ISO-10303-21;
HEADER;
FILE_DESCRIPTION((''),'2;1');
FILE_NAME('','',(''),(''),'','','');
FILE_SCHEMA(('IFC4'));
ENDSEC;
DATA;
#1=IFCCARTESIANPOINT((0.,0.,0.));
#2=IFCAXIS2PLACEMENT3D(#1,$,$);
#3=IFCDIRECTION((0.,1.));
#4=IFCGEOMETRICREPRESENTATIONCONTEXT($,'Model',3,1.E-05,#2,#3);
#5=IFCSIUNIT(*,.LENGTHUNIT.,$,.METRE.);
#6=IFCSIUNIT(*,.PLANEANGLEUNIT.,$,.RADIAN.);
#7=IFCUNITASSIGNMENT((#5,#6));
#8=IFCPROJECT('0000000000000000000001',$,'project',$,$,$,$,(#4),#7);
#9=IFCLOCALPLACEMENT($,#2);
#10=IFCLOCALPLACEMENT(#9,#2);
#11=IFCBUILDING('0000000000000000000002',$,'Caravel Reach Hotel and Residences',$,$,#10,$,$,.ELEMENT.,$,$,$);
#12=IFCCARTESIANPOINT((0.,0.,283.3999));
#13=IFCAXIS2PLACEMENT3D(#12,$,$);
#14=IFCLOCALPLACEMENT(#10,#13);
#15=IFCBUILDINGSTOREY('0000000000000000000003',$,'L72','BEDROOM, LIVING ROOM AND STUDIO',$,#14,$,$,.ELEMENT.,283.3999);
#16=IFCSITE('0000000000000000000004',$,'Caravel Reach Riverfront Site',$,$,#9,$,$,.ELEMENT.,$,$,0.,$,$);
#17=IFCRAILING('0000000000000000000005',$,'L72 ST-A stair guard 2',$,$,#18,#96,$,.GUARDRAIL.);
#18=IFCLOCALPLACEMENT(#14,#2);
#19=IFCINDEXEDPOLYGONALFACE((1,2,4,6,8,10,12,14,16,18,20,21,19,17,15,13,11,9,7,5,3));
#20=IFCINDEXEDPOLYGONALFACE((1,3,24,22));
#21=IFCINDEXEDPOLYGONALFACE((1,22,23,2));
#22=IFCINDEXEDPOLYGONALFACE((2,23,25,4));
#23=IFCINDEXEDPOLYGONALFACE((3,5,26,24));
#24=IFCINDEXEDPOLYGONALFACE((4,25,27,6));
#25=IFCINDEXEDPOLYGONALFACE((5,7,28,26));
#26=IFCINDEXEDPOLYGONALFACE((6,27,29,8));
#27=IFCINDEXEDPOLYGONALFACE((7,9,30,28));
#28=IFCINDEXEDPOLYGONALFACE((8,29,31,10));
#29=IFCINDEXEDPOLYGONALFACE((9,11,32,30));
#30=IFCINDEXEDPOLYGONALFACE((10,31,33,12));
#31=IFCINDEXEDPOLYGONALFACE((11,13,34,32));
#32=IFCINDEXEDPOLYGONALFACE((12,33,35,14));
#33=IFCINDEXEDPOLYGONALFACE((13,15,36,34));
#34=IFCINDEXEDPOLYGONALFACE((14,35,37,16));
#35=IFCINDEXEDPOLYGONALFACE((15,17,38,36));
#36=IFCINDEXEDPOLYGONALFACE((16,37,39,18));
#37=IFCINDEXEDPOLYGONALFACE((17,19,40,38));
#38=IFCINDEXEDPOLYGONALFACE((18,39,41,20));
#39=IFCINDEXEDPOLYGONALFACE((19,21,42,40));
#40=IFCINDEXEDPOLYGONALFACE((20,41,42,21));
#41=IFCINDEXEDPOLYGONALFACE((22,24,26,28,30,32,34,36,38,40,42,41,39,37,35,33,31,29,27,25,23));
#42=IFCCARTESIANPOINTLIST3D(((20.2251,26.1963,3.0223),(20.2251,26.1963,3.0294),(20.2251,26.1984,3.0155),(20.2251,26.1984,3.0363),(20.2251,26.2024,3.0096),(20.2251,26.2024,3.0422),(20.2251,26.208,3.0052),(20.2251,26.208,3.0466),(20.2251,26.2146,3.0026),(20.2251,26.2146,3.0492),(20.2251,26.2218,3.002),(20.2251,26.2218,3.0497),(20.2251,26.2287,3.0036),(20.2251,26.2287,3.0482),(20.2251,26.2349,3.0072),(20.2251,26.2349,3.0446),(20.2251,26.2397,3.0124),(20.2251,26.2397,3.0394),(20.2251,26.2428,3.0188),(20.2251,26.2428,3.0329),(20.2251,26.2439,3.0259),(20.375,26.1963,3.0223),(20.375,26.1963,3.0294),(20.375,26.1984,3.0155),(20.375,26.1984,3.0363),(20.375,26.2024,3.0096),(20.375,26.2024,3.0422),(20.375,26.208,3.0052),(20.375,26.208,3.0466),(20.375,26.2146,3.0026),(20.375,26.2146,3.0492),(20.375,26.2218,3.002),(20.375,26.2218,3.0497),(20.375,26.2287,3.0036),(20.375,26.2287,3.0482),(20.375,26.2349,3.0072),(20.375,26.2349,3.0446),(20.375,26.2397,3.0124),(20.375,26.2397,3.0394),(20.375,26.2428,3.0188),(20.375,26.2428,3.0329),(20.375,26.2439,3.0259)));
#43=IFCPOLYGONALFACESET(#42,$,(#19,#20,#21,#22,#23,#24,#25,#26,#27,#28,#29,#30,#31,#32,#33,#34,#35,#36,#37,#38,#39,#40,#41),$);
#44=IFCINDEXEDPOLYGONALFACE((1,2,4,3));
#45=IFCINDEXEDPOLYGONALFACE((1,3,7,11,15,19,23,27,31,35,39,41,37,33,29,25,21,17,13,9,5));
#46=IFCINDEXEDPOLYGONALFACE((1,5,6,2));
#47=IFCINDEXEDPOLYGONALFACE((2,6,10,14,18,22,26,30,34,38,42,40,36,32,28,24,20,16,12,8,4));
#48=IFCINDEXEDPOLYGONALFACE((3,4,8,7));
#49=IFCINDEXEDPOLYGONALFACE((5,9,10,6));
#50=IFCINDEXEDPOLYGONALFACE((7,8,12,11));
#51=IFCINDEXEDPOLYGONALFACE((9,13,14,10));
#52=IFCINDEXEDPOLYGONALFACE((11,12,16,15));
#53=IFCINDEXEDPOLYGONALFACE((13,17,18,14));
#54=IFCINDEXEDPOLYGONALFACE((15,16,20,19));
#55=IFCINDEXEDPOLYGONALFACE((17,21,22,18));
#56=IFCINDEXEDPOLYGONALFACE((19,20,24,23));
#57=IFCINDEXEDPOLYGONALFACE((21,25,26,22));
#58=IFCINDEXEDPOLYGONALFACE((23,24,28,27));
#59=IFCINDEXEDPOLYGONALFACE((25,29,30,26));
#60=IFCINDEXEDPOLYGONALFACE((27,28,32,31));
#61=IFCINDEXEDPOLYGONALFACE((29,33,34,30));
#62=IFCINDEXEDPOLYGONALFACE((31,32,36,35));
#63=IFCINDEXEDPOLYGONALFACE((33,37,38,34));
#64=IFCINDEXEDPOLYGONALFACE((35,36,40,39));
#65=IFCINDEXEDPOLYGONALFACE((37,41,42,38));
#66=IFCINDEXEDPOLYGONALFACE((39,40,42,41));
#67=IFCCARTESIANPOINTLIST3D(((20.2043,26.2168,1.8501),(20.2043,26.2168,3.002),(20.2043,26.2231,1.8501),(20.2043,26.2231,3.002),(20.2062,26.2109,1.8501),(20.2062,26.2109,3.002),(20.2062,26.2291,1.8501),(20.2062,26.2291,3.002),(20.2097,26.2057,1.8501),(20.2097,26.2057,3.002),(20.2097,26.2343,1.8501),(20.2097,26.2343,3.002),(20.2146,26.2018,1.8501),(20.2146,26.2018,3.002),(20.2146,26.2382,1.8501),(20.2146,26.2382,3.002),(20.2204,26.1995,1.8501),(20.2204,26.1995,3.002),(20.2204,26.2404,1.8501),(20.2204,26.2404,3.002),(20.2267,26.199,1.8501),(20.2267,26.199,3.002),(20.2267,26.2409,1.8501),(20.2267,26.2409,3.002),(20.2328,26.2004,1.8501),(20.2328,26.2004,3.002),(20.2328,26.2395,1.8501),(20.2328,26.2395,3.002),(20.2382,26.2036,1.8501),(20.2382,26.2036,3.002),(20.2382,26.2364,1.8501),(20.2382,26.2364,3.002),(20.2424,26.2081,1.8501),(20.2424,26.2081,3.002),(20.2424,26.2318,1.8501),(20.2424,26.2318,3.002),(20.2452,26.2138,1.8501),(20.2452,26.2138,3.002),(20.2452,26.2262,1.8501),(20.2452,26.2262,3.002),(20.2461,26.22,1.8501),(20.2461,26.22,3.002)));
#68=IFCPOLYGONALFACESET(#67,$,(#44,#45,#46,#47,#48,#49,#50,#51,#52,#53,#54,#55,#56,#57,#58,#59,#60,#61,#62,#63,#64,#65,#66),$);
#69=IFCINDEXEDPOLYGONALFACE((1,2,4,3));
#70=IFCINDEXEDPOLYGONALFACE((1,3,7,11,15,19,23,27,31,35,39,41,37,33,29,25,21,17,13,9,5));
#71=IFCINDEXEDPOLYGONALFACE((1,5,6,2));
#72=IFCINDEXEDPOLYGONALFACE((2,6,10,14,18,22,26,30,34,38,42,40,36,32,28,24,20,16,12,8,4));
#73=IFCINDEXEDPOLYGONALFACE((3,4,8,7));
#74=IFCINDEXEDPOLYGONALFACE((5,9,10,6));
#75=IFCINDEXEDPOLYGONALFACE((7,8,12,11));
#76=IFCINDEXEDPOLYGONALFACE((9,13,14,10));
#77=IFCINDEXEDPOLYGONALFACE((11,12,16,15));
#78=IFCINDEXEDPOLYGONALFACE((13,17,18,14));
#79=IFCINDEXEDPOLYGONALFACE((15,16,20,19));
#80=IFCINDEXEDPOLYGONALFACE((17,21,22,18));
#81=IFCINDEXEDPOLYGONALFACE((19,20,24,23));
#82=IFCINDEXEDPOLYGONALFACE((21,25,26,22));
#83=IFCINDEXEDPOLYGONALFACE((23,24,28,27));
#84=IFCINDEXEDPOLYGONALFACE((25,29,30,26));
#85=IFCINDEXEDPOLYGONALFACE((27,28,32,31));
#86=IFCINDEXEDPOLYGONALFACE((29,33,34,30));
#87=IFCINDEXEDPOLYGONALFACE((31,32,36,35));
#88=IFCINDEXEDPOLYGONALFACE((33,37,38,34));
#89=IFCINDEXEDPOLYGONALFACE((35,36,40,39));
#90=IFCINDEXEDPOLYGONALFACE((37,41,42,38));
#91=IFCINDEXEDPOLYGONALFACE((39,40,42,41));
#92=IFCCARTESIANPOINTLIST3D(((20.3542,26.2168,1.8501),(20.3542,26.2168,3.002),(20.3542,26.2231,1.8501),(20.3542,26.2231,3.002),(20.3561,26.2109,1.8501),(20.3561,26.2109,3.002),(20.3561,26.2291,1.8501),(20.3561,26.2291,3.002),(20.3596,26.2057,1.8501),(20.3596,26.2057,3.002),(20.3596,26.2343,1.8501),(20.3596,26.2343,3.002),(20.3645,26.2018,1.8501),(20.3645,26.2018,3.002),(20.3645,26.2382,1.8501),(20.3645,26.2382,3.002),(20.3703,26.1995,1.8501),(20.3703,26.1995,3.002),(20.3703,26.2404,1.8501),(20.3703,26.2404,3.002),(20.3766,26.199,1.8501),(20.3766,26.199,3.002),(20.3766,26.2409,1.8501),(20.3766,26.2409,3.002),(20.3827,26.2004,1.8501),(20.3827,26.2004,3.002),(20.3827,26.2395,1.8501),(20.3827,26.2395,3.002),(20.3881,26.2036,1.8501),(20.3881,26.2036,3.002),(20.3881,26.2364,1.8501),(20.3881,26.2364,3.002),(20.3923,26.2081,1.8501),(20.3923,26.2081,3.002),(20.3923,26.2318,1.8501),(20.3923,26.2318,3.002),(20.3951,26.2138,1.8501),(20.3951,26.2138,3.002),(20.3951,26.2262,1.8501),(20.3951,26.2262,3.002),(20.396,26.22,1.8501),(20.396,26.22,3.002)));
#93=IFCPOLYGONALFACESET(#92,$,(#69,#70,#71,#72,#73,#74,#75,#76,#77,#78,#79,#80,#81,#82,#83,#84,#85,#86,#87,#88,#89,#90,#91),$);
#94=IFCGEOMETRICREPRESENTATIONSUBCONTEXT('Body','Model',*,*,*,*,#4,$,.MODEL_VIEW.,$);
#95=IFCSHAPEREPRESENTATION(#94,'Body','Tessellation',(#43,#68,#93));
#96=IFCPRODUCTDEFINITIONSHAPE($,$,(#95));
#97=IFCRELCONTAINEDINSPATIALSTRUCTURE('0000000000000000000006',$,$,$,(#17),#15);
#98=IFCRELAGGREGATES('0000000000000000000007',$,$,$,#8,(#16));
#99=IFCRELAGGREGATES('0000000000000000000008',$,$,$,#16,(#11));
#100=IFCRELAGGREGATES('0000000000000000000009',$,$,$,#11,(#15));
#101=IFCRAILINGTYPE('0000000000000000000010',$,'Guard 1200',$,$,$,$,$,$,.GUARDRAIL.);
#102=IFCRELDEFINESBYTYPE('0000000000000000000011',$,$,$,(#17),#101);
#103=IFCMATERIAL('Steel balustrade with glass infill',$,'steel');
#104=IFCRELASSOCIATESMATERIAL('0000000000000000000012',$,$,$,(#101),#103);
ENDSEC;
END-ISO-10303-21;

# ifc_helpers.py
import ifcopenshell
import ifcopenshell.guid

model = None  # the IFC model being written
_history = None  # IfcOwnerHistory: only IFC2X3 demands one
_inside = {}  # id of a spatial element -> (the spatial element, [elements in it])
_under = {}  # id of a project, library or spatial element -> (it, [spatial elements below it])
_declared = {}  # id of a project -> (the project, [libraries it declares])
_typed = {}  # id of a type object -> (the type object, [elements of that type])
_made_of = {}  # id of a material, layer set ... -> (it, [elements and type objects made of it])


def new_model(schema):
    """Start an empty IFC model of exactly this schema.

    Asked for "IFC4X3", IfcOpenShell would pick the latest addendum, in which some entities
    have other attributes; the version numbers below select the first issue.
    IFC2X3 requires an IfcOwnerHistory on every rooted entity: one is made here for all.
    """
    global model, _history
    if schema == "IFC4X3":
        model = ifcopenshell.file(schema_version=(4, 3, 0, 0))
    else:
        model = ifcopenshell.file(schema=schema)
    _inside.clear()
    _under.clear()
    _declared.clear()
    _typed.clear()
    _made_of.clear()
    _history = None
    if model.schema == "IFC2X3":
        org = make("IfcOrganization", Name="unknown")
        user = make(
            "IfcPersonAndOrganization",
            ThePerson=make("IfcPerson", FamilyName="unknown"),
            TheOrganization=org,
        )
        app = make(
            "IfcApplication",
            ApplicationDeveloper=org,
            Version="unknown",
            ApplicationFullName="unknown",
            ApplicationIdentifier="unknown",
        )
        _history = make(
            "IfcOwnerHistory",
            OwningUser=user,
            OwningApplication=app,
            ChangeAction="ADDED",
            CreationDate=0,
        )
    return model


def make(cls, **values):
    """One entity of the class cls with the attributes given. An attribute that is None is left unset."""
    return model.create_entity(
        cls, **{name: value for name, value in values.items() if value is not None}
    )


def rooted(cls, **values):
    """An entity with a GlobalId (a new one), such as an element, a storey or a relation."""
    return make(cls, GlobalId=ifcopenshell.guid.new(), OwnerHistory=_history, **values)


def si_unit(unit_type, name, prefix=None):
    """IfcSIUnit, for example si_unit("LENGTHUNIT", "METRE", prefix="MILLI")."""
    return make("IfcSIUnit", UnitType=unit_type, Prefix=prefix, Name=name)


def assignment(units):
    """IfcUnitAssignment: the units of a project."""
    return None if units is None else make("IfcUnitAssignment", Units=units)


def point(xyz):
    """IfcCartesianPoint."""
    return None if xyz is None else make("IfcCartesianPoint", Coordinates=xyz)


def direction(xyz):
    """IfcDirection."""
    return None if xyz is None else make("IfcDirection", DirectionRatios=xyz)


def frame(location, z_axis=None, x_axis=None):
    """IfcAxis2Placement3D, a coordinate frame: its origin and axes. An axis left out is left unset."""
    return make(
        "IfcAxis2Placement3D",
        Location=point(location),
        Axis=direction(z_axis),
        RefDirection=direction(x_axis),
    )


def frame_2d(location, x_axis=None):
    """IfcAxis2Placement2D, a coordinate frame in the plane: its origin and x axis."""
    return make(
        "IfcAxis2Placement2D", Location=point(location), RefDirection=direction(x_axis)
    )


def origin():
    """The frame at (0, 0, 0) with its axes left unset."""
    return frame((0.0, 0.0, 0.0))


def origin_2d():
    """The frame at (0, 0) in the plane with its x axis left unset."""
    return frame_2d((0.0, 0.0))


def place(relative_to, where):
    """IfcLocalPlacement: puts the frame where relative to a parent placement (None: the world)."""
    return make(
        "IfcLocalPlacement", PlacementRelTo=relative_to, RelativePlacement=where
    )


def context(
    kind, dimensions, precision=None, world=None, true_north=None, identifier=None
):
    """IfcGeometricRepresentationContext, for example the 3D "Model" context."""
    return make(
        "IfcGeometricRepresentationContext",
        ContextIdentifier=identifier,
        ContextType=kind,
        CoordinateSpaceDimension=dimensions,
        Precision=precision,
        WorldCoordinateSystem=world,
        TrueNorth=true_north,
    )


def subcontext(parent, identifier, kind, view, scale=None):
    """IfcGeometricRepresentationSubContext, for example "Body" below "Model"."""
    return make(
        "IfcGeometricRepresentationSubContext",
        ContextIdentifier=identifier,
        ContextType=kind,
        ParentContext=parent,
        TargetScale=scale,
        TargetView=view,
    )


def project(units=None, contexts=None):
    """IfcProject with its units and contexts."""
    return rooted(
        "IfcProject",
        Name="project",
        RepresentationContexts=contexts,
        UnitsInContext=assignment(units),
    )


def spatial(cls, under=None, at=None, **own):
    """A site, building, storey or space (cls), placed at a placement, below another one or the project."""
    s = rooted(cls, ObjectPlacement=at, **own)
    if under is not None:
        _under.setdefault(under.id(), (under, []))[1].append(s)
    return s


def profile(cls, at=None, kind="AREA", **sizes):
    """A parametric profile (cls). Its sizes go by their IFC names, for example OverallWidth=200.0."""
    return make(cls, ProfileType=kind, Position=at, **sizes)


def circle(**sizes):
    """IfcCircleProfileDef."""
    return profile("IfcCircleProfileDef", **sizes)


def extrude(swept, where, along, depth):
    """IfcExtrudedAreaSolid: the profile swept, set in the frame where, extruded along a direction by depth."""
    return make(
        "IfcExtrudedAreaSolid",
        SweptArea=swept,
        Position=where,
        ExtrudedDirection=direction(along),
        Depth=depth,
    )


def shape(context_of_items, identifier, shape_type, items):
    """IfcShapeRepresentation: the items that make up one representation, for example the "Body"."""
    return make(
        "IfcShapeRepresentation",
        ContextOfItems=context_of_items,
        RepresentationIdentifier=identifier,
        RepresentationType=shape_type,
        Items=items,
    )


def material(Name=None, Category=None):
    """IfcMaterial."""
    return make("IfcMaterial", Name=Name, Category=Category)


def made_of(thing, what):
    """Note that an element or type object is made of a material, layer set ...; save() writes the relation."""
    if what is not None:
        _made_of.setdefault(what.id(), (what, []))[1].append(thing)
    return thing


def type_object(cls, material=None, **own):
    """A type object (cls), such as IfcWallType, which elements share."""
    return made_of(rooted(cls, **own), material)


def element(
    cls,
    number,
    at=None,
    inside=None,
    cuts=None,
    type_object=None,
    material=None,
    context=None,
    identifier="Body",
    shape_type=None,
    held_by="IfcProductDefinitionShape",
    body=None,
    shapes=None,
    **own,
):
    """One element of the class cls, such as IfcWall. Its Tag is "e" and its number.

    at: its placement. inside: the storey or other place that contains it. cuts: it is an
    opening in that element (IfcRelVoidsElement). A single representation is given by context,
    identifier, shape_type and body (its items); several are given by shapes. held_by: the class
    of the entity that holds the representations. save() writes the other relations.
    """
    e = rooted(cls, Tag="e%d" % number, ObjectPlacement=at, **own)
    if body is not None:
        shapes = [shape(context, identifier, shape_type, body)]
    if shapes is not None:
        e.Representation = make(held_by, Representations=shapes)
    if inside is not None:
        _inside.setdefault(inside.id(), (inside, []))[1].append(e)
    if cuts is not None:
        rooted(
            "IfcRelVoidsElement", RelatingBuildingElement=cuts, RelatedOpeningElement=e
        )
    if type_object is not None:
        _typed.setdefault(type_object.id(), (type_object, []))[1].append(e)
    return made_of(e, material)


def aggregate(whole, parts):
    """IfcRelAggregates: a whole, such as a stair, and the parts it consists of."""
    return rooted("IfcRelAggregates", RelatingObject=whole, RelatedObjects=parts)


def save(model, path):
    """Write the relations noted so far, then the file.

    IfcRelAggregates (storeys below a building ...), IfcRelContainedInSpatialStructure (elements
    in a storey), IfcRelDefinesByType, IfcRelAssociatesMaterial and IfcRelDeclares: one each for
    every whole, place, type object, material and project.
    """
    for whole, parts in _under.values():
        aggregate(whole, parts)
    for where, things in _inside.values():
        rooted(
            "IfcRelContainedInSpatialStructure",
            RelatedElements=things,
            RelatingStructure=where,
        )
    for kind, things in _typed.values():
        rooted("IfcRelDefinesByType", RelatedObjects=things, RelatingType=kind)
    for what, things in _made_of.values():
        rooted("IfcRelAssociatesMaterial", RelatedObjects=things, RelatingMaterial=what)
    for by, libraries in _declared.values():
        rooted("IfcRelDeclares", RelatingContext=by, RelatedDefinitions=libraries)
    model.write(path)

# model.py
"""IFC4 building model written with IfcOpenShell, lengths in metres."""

from ifc_helpers import new_model, si_unit, direction, frame, origin, origin_2d, place, context, subcontext, project, spatial, circle, extrude, material, type_object, element, save


model = new_model("IFC4")

# Units and contexts
model_context = context("Model", 3, precision=1e-05, world=origin(), true_north=direction((0.0, 1.0)))
body_context = subcontext(model_context, "Body", "Model", "MODEL_VIEW")
ifc_project = project(units=[si_unit("LENGTHUNIT", "METRE"), si_unit("PLANEANGLEUNIT", "RADIAN")], contexts=[model_context])

# Site, building, storey
site_placement = place(None, origin())
site = spatial("IfcSite", under=ifc_project, at=site_placement, Name="Caravel Reach Riverfront Site", CompositionType="ELEMENT", RefElevation=0.0)
building_placement = place(site_placement, origin())
building = spatial("IfcBuilding", under=site, at=building_placement, Name="Caravel Reach Hotel and Residences", CompositionType="ELEMENT")
storey_placement = place(building_placement, frame((0.0, 0.0, 283.3999)))
storey = spatial("IfcBuildingStorey", under=building, at=storey_placement, Name="L72", Description="BEDROOM, LIVING ROOM AND STUDIO", CompositionType="ELEMENT", Elevation=283.3999)

# Railing
ifc_material_1 = material(Name="Steel balustrade with glass infill", Category="steel")
railing_type_1 = type_object("IfcRailingType", Name="Guard 1200", PredefinedType="GUARDRAIL", material=ifc_material_1)
railing_1_placement = place(storey_placement, frame((20.2251, 26.22, 1.8501)))
element("IfcRailing", 1, at=railing_1_placement, inside=storey, type_object=railing_type_1, Name="L72 ST-A stair guard 2", PredefinedType="GUARDRAIL", context=body_context, shape_type="SweptSolid", body=[
    extrude(circle(Radius=0.0239, at=origin_2d()), frame((0.0, 0.0, 1.1758), z_axis=(1.0, 0.0, 0.0), x_axis=(0.0, 1.0, 0.0)), (0.0, 0.0, 1.0), 0.1499),
    extrude(circle(Radius=0.021, at=origin_2d()), origin(), (0.0, 0.0, 1.0), 1.1519),
    extrude(circle(Radius=0.021, at=origin_2d()), frame((0.1499, 0.0, 0.0)), (0.0, 0.0, 1.0), 1.1519),
])

save(model, "model.ifc")
